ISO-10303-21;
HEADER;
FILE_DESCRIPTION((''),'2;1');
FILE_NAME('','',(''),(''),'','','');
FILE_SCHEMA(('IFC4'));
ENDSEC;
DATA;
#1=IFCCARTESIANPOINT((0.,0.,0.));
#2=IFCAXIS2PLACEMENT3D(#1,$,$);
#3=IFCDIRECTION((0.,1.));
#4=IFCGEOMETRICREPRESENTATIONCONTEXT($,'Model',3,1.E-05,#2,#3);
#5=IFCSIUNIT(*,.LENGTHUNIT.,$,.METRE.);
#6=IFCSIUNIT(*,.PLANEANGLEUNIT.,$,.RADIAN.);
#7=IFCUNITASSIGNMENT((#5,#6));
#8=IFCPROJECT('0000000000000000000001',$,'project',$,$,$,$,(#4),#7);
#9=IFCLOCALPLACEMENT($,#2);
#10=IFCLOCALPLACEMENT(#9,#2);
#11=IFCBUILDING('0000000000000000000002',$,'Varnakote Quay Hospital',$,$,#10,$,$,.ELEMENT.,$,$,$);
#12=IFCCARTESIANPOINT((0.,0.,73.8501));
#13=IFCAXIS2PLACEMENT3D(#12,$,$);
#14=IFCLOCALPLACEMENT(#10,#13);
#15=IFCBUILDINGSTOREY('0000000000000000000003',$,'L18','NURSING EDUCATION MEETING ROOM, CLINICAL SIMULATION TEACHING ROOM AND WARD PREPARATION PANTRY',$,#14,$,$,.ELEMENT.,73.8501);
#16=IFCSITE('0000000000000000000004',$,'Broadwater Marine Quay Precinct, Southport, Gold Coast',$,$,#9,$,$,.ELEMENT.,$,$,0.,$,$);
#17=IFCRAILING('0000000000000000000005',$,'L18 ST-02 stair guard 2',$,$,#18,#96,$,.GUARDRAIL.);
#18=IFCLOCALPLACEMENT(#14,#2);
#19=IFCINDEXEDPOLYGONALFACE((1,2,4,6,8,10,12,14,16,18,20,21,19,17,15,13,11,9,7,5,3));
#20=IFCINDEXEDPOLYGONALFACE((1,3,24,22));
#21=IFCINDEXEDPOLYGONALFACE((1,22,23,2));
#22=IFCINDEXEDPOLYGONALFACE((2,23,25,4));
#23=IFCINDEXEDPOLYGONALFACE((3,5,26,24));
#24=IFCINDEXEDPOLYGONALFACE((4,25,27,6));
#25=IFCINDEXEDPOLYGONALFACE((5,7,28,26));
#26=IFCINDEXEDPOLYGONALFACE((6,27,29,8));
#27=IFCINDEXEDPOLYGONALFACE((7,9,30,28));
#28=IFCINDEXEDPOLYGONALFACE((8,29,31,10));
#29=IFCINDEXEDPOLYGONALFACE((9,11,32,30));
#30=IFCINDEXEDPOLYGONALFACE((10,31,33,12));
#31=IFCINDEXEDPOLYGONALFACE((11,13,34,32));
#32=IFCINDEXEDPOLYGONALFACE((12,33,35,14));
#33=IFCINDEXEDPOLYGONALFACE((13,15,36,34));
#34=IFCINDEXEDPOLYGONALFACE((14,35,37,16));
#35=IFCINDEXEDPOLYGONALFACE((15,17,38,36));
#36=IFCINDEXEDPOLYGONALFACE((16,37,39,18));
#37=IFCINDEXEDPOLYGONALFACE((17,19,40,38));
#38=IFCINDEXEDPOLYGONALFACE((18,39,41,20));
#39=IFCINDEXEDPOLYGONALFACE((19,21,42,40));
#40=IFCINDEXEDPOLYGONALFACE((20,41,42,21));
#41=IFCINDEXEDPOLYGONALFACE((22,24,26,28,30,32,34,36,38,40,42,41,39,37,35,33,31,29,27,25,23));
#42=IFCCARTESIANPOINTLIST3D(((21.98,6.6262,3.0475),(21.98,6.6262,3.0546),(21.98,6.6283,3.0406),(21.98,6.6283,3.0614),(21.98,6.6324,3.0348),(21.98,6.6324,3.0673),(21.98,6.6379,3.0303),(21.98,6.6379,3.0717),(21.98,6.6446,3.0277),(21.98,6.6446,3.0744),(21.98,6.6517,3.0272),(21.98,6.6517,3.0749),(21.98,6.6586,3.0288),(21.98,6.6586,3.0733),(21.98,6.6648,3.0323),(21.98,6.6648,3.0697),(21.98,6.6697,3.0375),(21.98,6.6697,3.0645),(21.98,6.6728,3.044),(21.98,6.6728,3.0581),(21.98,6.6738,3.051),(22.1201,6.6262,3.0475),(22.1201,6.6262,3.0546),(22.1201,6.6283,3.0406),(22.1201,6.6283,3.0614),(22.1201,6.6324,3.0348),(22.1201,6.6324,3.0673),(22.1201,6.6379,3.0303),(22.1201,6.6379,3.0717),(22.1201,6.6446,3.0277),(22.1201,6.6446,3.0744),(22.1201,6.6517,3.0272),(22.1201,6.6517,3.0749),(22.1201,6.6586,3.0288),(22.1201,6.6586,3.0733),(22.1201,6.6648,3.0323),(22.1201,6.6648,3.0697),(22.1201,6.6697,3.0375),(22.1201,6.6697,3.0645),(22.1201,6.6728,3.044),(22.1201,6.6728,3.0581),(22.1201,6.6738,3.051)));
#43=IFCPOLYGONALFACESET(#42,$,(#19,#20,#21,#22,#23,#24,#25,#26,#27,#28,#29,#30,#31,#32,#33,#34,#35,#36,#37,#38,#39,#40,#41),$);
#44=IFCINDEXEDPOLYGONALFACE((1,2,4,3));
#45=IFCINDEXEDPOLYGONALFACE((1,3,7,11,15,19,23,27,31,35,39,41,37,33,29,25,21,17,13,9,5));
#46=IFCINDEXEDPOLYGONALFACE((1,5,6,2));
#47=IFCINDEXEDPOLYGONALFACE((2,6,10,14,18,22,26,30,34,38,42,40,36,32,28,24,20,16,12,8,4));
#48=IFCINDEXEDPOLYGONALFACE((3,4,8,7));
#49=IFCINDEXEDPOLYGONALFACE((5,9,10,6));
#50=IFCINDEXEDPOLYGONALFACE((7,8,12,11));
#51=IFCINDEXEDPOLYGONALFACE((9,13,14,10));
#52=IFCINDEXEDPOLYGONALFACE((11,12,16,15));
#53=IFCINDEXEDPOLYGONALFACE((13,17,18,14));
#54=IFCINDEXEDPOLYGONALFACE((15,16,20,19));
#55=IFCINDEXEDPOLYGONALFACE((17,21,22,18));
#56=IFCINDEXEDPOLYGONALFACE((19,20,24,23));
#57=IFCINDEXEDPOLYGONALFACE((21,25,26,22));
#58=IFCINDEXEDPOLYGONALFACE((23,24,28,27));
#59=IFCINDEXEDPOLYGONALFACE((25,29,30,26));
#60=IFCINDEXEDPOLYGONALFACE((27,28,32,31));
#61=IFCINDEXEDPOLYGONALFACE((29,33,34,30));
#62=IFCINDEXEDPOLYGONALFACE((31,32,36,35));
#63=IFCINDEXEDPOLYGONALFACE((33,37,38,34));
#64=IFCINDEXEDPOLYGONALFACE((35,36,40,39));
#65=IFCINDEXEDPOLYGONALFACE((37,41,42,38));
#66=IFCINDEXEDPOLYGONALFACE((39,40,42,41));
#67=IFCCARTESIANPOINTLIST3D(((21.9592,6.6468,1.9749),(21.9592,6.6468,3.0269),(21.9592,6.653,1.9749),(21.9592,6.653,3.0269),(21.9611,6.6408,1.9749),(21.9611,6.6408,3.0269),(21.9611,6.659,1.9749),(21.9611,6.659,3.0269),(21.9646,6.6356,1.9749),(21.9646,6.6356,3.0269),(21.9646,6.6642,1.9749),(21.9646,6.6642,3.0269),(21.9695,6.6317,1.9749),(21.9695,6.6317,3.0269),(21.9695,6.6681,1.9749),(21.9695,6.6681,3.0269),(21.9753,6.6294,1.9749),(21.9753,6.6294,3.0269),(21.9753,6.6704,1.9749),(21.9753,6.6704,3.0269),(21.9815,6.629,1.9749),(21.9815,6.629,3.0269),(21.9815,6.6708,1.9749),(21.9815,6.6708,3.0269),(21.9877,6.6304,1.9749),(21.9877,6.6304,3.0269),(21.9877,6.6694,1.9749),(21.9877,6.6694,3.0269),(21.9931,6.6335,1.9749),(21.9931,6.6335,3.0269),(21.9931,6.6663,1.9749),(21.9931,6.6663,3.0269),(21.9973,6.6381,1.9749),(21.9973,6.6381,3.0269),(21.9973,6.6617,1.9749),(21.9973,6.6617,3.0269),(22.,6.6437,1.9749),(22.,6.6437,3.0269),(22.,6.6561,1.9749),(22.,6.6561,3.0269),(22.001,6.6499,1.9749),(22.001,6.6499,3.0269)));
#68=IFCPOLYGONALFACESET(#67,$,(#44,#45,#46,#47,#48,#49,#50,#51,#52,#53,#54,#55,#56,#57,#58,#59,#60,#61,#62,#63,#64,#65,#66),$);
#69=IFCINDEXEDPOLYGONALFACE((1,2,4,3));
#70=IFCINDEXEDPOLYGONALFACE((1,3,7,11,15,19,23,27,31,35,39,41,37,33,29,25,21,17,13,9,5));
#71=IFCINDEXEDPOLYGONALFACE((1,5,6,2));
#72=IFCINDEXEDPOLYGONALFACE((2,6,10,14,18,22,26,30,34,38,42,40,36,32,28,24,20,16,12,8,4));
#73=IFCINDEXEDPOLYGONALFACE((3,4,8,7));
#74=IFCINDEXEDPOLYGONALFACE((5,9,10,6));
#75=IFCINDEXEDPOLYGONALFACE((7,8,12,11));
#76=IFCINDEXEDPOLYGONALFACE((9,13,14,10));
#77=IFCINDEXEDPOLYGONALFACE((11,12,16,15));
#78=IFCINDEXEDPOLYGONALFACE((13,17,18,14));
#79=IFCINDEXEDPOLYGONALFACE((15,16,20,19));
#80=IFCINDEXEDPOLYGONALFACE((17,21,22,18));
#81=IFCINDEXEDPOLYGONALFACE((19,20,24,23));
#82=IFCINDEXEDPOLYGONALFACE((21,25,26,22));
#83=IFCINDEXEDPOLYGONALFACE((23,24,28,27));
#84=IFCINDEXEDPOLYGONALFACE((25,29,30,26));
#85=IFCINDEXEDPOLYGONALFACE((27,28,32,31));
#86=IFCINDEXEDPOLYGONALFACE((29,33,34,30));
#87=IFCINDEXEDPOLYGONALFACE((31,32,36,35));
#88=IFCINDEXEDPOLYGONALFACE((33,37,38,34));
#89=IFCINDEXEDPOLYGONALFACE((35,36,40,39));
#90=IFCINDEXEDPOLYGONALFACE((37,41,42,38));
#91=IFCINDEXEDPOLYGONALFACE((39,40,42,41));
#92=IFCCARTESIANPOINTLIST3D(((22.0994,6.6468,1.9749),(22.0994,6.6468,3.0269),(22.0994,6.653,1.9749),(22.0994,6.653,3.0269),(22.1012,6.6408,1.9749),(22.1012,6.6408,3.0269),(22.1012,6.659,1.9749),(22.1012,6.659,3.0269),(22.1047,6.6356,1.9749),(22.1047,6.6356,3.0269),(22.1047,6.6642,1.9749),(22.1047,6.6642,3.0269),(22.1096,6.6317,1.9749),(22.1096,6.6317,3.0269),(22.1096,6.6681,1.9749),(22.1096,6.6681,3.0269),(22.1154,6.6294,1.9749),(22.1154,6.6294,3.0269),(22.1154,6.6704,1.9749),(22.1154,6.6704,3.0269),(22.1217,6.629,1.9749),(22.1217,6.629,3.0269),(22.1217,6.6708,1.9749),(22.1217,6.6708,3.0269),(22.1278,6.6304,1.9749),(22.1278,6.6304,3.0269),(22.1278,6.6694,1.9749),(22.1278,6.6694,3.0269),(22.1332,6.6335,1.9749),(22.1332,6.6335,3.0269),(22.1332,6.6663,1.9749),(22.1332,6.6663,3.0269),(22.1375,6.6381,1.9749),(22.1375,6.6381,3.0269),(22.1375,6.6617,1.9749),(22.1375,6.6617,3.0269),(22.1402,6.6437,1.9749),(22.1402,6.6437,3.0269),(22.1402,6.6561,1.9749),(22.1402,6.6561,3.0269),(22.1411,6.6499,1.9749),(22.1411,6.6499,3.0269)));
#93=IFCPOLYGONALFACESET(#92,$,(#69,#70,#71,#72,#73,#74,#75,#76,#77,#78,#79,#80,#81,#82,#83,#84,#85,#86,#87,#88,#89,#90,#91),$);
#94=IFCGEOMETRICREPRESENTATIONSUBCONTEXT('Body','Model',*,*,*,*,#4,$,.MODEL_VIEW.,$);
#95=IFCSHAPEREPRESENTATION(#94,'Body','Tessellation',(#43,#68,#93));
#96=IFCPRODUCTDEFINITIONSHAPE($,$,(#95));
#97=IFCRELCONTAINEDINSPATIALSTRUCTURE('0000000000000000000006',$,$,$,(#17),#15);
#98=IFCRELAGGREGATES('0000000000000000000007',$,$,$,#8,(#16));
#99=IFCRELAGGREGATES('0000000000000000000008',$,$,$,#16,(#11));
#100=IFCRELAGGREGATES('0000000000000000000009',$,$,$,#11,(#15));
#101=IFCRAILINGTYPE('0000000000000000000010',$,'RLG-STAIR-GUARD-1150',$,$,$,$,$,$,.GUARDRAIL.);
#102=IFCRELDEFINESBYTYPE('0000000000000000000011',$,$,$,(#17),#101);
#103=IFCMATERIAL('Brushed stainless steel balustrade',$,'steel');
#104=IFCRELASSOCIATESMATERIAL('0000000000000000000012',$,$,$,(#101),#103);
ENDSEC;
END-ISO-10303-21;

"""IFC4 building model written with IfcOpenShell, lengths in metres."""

from ifc_helpers import new_model, si_unit, direction, frame, origin, origin_2d, place, context, subcontext, project, spatial, circle, extrude, material, type_object, element, save


model = new_model("IFC4")

# Units and contexts
model_context = context("Model", 3, precision=1e-05, world=origin(), true_north=direction((0.0, 1.0)))
body_context = subcontext(model_context, "Body", "Model", "MODEL_VIEW")
ifc_project = project(units=[si_unit("LENGTHUNIT", "METRE"), si_unit("PLANEANGLEUNIT", "RADIAN")], contexts=[model_context])

# Site, building, storey
site_placement = place(None, origin())
site = spatial("IfcSite", under=ifc_project, at=site_placement, Name="Broadwater Marine Quay Precinct, Southport, Gold Coast", CompositionType="ELEMENT", RefElevation=0.0)
building_placement = place(site_placement, origin())
building = spatial("IfcBuilding", under=site, at=building_placement, Name="Varnakote Quay Hospital", CompositionType="ELEMENT")
storey_placement = place(building_placement, frame((0.0, 0.0, 73.8501)))
storey = spatial("IfcBuildingStorey", under=building, at=storey_placement, Name="L18", Description="NURSING EDUCATION MEETING ROOM, CLINICAL SIMULATION TEACHING ROOM AND WARD PREPARATION PANTRY", CompositionType="ELEMENT", Elevation=73.8501)

# Railing
ifc_material_1 = material(Name="Brushed stainless steel balustrade", Category="steel")
railing_type_1 = type_object("IfcRailingType", Name="RLG-STAIR-GUARD-1150", PredefinedType="GUARDRAIL", material=ifc_material_1)
railing_1_placement = place(storey_placement, frame((21.98, 6.6499, 1.9749)))
element("IfcRailing", 1, at=railing_1_placement, inside=storey, type_object=railing_type_1, Name="L18 ST-02 stair guard 2", PredefinedType="GUARDRAIL", context=body_context, shape_type="SweptSolid", body=[
    extrude(circle(Radius=0.0239, at=origin_2d()), frame((0.0, 0.0, 1.0762), z_axis=(1.0, 0.0, 0.0), x_axis=(0.0, 1.0, 0.0)), (0.0, 0.0, 1.0), 0.1401),
    extrude(circle(Radius=0.021, at=origin_2d()), origin(), (0.0, 0.0, 1.0), 1.052),
    extrude(circle(Radius=0.021, at=origin_2d()), frame((0.1401, 0.0, 0.0)), (0.0, 0.0, 1.0), 1.052),
])

save(model, "model.ifc")
